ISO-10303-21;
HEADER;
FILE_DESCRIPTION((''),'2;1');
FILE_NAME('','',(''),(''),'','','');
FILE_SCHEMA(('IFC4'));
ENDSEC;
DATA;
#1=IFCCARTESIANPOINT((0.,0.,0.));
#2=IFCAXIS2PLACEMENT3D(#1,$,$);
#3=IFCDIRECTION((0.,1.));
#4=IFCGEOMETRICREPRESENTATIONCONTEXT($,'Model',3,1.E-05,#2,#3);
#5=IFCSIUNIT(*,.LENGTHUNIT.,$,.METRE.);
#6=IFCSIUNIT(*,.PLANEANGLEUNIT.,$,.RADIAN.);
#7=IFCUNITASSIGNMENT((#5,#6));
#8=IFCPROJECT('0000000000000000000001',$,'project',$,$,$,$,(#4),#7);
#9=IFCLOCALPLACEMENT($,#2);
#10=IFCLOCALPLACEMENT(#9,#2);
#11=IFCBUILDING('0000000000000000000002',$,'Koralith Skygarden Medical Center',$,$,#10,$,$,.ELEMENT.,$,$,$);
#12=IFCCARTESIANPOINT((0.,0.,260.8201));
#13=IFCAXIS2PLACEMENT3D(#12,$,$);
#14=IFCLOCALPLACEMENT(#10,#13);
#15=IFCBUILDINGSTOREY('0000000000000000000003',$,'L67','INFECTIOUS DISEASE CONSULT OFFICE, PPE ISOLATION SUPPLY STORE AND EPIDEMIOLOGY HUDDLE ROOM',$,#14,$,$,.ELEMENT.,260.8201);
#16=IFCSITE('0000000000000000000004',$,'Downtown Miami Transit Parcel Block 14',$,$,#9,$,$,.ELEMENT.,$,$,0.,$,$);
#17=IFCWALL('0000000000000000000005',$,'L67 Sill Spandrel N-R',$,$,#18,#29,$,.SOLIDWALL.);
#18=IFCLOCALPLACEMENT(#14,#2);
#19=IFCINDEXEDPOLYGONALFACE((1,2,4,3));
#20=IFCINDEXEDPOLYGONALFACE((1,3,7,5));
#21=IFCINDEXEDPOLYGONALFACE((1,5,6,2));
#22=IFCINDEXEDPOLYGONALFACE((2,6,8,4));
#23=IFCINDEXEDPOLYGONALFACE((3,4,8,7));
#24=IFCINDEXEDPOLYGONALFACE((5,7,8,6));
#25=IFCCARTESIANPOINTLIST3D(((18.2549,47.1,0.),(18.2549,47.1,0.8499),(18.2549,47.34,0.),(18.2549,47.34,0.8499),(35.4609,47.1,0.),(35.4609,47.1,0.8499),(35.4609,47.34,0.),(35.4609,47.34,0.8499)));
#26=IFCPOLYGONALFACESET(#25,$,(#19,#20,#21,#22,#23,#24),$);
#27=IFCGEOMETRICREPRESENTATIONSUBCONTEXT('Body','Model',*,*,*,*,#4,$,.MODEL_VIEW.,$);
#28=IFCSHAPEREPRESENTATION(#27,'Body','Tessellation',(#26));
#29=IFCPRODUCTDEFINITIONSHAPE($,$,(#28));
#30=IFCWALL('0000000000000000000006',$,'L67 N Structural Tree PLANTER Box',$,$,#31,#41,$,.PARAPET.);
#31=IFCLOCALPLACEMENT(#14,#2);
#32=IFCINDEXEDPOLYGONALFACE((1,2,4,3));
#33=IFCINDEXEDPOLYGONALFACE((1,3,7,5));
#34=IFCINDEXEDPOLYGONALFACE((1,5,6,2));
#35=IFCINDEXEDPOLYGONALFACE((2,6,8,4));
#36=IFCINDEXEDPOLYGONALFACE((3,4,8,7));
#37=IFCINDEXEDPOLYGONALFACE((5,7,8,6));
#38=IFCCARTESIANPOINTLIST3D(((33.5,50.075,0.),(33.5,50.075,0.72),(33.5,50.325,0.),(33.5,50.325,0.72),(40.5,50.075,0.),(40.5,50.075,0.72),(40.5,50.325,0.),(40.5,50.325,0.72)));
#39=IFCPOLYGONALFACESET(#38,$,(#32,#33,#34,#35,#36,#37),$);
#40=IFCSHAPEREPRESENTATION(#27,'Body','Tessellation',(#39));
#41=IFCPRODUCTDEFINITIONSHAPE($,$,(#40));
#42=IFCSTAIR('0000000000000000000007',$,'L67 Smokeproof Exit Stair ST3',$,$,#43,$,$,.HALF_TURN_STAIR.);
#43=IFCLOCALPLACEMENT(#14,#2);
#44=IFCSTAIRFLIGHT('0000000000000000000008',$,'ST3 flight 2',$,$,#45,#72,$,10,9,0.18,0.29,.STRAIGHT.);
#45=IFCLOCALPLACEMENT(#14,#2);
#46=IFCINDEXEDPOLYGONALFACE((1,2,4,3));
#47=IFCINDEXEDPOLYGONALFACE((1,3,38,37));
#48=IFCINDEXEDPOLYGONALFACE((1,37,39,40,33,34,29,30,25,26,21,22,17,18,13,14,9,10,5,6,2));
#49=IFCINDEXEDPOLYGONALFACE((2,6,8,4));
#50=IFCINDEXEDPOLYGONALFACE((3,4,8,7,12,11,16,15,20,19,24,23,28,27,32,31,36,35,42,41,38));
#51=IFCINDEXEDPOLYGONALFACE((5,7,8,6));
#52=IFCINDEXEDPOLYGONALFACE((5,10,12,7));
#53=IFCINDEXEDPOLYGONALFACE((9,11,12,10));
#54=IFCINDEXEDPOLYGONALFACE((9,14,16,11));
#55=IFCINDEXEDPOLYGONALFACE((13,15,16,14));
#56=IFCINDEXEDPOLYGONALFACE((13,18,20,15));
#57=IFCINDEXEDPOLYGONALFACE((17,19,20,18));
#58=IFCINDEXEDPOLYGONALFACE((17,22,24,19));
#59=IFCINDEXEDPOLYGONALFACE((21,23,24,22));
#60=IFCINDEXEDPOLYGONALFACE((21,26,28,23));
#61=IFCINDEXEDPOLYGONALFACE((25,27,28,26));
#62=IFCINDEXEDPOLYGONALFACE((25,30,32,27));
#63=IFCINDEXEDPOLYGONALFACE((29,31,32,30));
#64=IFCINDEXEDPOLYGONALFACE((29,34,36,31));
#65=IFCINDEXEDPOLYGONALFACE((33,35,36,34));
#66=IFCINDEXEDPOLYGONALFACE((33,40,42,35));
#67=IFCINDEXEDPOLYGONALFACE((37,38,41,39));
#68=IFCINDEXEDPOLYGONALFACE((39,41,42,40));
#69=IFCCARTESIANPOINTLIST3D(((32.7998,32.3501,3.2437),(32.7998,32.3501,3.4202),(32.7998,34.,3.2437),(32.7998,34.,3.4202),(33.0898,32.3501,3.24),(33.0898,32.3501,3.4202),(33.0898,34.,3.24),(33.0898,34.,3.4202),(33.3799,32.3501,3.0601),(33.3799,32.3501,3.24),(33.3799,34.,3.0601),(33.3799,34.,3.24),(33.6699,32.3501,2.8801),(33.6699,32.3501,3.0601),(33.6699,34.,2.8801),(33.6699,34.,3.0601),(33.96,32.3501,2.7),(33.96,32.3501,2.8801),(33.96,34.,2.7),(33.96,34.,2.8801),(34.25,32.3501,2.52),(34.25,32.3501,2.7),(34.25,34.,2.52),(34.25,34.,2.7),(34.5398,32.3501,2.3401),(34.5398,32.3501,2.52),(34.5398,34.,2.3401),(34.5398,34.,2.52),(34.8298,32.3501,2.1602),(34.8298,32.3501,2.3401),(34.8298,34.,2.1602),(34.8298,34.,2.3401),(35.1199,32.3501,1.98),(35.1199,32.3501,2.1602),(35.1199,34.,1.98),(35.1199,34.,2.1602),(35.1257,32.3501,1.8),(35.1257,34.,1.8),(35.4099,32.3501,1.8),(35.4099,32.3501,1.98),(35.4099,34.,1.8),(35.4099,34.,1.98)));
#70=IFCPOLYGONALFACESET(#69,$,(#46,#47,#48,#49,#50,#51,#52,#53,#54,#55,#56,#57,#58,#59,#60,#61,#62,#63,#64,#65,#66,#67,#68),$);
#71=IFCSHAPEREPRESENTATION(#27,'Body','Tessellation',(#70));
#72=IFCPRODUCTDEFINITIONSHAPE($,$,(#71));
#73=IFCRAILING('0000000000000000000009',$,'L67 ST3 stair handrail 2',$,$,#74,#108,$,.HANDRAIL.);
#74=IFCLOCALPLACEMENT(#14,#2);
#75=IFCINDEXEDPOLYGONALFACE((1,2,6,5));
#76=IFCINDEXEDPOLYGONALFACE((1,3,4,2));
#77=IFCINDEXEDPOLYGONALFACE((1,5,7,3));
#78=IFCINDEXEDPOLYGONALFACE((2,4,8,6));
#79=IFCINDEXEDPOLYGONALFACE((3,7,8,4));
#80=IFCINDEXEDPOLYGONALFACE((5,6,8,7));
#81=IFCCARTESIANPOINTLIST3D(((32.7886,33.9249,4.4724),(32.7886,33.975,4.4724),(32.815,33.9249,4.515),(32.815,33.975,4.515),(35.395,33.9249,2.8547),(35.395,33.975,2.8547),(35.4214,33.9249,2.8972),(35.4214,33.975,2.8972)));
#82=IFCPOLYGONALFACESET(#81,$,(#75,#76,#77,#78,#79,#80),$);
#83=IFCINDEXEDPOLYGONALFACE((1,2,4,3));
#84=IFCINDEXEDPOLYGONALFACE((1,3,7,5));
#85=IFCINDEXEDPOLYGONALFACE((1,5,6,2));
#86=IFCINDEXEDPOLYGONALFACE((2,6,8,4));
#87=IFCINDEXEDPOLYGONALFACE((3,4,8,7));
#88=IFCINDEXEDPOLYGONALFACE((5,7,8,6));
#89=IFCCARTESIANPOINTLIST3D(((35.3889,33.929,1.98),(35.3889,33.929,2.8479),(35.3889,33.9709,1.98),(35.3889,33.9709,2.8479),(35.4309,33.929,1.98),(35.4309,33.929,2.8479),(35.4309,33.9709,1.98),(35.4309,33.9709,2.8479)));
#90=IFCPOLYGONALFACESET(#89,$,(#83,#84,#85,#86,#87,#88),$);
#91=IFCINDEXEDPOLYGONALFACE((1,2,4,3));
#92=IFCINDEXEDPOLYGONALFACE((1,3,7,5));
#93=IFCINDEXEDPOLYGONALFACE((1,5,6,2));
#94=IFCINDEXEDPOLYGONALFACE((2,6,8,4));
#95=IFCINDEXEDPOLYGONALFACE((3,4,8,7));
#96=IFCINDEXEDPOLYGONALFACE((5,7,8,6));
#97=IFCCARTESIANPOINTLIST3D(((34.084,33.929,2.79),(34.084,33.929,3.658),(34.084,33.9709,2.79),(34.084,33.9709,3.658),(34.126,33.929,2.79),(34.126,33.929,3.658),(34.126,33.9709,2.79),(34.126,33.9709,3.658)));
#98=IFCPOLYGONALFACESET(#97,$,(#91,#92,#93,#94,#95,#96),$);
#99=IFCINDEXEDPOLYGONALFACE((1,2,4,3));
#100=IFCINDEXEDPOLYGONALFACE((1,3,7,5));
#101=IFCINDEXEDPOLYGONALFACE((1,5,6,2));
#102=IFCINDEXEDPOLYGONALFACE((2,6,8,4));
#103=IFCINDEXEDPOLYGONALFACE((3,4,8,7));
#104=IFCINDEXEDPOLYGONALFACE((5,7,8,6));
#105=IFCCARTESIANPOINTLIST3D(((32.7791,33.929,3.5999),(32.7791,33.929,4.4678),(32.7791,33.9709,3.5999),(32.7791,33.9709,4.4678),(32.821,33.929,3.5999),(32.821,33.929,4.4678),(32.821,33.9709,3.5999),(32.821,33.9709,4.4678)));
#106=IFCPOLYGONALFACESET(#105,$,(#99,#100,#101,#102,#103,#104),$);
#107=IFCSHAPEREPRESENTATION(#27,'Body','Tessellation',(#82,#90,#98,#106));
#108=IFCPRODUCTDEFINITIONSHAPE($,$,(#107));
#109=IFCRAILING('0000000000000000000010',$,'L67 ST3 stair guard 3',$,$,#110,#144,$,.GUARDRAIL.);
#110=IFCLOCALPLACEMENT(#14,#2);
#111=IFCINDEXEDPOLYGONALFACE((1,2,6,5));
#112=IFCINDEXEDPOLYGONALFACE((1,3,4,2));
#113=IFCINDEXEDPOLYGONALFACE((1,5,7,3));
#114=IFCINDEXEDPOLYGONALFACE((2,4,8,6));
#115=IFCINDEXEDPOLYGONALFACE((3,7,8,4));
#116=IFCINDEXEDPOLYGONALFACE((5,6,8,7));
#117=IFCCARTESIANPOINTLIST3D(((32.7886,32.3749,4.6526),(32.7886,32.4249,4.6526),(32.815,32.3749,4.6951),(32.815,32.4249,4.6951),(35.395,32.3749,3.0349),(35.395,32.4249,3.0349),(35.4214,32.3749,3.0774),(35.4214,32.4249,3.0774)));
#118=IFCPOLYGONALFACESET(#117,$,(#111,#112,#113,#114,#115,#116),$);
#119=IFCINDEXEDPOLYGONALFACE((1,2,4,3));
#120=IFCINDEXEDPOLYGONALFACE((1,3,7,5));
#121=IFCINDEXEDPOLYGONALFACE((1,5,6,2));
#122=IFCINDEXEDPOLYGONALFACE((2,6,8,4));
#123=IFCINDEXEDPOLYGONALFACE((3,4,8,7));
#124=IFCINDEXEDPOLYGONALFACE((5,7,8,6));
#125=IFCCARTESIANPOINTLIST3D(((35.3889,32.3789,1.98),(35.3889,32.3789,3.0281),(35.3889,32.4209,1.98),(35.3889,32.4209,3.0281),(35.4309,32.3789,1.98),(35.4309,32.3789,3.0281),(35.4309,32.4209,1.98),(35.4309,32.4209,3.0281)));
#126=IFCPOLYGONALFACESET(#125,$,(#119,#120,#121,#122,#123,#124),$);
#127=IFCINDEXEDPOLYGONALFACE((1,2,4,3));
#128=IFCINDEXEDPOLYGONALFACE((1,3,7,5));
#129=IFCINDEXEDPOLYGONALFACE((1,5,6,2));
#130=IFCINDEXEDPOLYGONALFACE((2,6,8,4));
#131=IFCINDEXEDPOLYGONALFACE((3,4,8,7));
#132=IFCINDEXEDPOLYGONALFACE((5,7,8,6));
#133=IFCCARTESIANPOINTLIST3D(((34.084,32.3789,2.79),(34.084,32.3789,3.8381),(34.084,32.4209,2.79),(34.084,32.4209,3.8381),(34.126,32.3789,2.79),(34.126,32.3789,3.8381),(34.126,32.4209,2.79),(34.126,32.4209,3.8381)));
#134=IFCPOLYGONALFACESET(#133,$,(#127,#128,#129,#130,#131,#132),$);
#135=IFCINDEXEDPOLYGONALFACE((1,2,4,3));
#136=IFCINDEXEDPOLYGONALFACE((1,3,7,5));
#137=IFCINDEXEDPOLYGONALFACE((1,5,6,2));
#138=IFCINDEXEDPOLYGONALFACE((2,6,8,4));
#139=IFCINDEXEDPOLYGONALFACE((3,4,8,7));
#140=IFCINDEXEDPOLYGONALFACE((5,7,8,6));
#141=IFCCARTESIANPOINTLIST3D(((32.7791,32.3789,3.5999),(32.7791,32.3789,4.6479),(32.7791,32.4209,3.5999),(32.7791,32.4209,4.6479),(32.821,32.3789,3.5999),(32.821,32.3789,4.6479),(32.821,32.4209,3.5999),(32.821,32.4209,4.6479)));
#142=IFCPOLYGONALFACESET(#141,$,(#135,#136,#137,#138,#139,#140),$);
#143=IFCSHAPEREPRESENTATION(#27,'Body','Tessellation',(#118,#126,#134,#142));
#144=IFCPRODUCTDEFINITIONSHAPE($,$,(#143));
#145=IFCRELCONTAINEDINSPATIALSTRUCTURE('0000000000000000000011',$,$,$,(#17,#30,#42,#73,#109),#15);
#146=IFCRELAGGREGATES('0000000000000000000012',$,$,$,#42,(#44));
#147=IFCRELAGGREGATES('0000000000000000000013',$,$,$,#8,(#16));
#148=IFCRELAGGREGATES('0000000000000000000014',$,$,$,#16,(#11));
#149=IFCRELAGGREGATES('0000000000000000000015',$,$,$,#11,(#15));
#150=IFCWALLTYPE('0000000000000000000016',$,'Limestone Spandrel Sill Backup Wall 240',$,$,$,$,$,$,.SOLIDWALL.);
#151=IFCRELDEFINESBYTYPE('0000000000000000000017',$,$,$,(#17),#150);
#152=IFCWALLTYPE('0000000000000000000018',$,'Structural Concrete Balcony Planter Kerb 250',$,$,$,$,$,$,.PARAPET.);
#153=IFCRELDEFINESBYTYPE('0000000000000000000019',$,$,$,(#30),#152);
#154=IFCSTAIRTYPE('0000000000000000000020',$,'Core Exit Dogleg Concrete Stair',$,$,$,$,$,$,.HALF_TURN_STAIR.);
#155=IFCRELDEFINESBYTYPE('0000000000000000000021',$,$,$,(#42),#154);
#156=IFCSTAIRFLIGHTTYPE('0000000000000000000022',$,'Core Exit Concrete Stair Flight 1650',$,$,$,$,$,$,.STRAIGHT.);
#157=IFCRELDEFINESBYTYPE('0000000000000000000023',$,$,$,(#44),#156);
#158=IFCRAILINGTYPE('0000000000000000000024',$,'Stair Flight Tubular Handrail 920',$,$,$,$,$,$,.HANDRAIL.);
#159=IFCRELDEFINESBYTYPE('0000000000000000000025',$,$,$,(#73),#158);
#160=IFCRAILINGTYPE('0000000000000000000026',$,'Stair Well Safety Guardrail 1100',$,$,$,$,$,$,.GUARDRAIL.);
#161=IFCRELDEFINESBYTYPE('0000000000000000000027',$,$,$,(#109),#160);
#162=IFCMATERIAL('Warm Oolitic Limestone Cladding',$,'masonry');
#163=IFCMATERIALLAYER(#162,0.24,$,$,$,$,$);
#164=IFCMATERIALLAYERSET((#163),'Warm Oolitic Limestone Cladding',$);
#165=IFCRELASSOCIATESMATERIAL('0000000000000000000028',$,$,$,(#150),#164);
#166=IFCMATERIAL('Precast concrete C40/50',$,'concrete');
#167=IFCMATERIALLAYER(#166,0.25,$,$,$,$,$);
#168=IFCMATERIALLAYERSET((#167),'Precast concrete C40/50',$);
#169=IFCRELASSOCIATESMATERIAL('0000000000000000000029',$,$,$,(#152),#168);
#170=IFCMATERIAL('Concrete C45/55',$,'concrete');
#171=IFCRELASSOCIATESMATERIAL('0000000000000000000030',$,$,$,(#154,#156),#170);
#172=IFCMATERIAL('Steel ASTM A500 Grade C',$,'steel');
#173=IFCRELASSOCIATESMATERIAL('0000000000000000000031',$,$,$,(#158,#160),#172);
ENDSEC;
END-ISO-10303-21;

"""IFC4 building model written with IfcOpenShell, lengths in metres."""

from ifc_helpers import new_model, si_unit, direction, frame, frame_2d, origin, origin_2d, place, context, subcontext, project, spatial, polyline, rectangle, outline, extrude, material, layer, layer_set, type_object, element, aggregate, save


model = new_model("IFC4")

# Units and contexts
model_context = context("Model", 3, precision=1e-05, world=origin(), true_north=direction((0.0, 1.0)))
body_context = subcontext(model_context, "Body", "Model", "MODEL_VIEW")
ifc_project = project(units=[si_unit("LENGTHUNIT", "METRE"), si_unit("PLANEANGLEUNIT", "RADIAN")], contexts=[model_context])

# Site, building, storey
site_placement = place(None, origin())
site = spatial("IfcSite", under=ifc_project, at=site_placement, Name="Downtown Miami Transit Parcel Block 14", CompositionType="ELEMENT", RefElevation=0.0)
building_placement = place(site_placement, origin())
building = spatial("IfcBuilding", under=site, at=building_placement, Name="Koralith Skygarden Medical Center", CompositionType="ELEMENT")
storey_placement = place(building_placement, frame((0.0, 0.0, 260.8201)))
storey = spatial("IfcBuildingStorey", under=building, at=storey_placement, Name="L67", Description="INFECTIOUS DISEASE CONSULT OFFICE, PPE ISOLATION SUPPLY STORE AND EPIDEMIOLOGY HUDDLE ROOM", CompositionType="ELEMENT", Elevation=260.8201)

# Shared definitions
ifc_material_1 = material(Name="Concrete C45/55", Category="concrete")

# Walls
ifc_material_2 = material(Name="Warm Oolitic Limestone Cladding", Category="masonry")
ifc_layer_1 = layer(ifc_material_2, 0.24)
ifc_layer_set_1 = layer_set([ifc_layer_1], Name="Warm Oolitic Limestone Cladding")
wall_type_1 = type_object("IfcWallType", Name="Limestone Spandrel Sill Backup Wall 240", PredefinedType="SOLIDWALL", material=ifc_layer_set_1)
wall_1_placement = place(storey_placement, frame((35.4609, 47.22, 0.0), z_axis=(0.0, 0.0, 1.0), x_axis=(-1.0, 0.0, 0.0)))
element("IfcWall", 1, at=wall_1_placement, inside=storey, type_object=wall_type_1, Name="L67 Sill Spandrel N-R", PredefinedType="SOLIDWALL", context=body_context, shape_type="SweptSolid", body=[
    extrude(rectangle(XDim=17.2061, YDim=0.24, at=frame_2d((8.603, 0.0))), origin(), (0.0, 0.0, 1.0), 0.8499),
])
ifc_material_3 = material(Name="Precast concrete C40/50", Category="concrete")
ifc_layer_2 = layer(ifc_material_3, 0.25)
ifc_layer_set_2 = layer_set([ifc_layer_2], Name="Precast concrete C40/50")
wall_type_2 = type_object("IfcWallType", Name="Structural Concrete Balcony Planter Kerb 250", PredefinedType="PARAPET", material=ifc_layer_set_2)
wall_2_placement = place(storey_placement, frame((33.5, 50.2, 0.0), z_axis=(0.0, 0.0, 1.0), x_axis=(1.0, 0.0, 0.0)))
element("IfcWall", 2, at=wall_2_placement, inside=storey, type_object=wall_type_2, Name="L67 N Structural Tree PLANTER Box", PredefinedType="PARAPET", context=body_context, shape_type="SweptSolid", body=[
    extrude(rectangle(XDim=7.0, YDim=0.25, at=frame_2d((3.5, 0.0))), origin(), (0.0, 0.0, 1.0), 0.72),
])

# Shared definitions
ifc_material_4 = material(Name="Steel ASTM A500 Grade C", Category="steel")

# Stair, stair flight
stair_type = type_object("IfcStairType", Name="Core Exit Dogleg Concrete Stair", PredefinedType="HALF_TURN_STAIR", material=ifc_material_1)
stair_placement = place(storey_placement, origin())
stair = element("IfcStair", 3, at=stair_placement, inside=storey, type_object=stair_type, Name="L67 Smokeproof Exit Stair ST3", PredefinedType="HALF_TURN_STAIR")
stair_flight_type = type_object("IfcStairFlightType", Name="Core Exit Concrete Stair Flight 1650", PredefinedType="STRAIGHT", material=ifc_material_1)
stair_flight_placement = place(storey_placement, frame((35.4099, 33.175, 1.8), z_axis=(0.0, 0.0, 1.0), x_axis=(-1.0, 0.0, 0.0)))
stair_flight = element("IfcStairFlight", 4, at=stair_flight_placement, type_object=stair_flight_type, Name="ST3 flight 2", NumberOfRisers=10, NumberOfTreads=9, PredefinedType="STRAIGHT", RiserHeight=0.18, TreadLength=0.29, context=body_context, shape_type="SweptSolid", body=[
    extrude(outline(polyline([(0.0, 0.0), (0.0, 0.1799), (0.29, 0.1799), (0.29, 0.3601), (0.5801, 0.3601), (0.5801, 0.54), (0.8701, 0.54), (0.8701, 0.72), (1.1599, 0.72), (1.1599, 0.8999), (1.45, 0.8999), (1.45, 1.0801), (1.74, 1.0801), (1.74, 1.26), (2.03, 1.26), (2.03, 1.4399), (2.3201, 1.4399), (2.3201, 1.6201), (2.6101, 1.6201), (2.6101, 1.8), (2.6101, 1.4436), (0.2842, 0.0), (0.0, 0.0)])), frame((0.0, 0.825, 0.0), z_axis=(0.0, -1.0, 0.0), x_axis=(1.0, 0.0, 0.0)), (0.0, 0.0, 1.0), 1.6499),
])
aggregate(stair, [stair_flight])

# Railings
railing_type_1 = type_object("IfcRailingType", Name="Stair Flight Tubular Handrail 920", PredefinedType="HANDRAIL", material=ifc_material_4)
railing_1_placement = place(storey_placement, frame((35.4099, 33.95, 1.98)))
element("IfcRailing", 5, at=railing_1_placement, inside=storey, type_object=railing_type_1, Name="L67 ST3 stair handrail 2", PredefinedType="HANDRAIL", context=body_context, shape_type="SweptSolid", body=[
    extrude(rectangle(XDim=0.05, YDim=0.05, at=origin_2d()), frame((-0.0017, 0.0, 0.896), z_axis=(-0.849646, 0.0, 0.527353), x_axis=(0.0, -1.0, 0.0)), (0.0, 0.0, 1.0), 3.0676),
    extrude(rectangle(XDim=0.042, YDim=0.042, at=origin_2d()), origin(), (0.0, 0.0, 1.0), 0.8679),
    extrude(rectangle(XDim=0.042, YDim=0.042, at=origin_2d()), frame((-1.3049, 0.0, 0.8101)), (0.0, 0.0, 1.0), 0.8679),
    extrude(rectangle(XDim=0.042, YDim=0.042, at=origin_2d()), frame((-2.6099, 0.0, 1.6199)), (0.0, 0.0, 1.0), 0.8679),
])
railing_type_2 = type_object("IfcRailingType", Name="Stair Well Safety Guardrail 1100", PredefinedType="GUARDRAIL", material=ifc_material_4)
railing_2_placement = place(storey_placement, frame((35.4099, 32.3999, 1.98)))
element("IfcRailing", 6, at=railing_2_placement, inside=storey, type_object=railing_type_2, Name="L67 ST3 stair guard 3", PredefinedType="GUARDRAIL", context=body_context, shape_type="SweptSolid", body=[
    extrude(rectangle(XDim=0.05, YDim=0.05, at=origin_2d()), frame((-0.0017, 0.0, 1.0762), z_axis=(-0.849646, 0.0, 0.527353), x_axis=(0.0, -1.0, 0.0)), (0.0, 0.0, 1.0), 3.0676),
    extrude(rectangle(XDim=0.042, YDim=0.042, at=origin_2d()), origin(), (0.0, 0.0, 1.0), 1.0481),
    extrude(rectangle(XDim=0.042, YDim=0.042, at=origin_2d()), frame((-1.3049, 0.0, 0.8101)), (0.0, 0.0, 1.0), 1.0481),
    extrude(rectangle(XDim=0.042, YDim=0.042, at=origin_2d()), frame((-2.6099, 0.0, 1.6199)), (0.0, 0.0, 1.0), 1.0481),
])

save(model, "model.ifc")
